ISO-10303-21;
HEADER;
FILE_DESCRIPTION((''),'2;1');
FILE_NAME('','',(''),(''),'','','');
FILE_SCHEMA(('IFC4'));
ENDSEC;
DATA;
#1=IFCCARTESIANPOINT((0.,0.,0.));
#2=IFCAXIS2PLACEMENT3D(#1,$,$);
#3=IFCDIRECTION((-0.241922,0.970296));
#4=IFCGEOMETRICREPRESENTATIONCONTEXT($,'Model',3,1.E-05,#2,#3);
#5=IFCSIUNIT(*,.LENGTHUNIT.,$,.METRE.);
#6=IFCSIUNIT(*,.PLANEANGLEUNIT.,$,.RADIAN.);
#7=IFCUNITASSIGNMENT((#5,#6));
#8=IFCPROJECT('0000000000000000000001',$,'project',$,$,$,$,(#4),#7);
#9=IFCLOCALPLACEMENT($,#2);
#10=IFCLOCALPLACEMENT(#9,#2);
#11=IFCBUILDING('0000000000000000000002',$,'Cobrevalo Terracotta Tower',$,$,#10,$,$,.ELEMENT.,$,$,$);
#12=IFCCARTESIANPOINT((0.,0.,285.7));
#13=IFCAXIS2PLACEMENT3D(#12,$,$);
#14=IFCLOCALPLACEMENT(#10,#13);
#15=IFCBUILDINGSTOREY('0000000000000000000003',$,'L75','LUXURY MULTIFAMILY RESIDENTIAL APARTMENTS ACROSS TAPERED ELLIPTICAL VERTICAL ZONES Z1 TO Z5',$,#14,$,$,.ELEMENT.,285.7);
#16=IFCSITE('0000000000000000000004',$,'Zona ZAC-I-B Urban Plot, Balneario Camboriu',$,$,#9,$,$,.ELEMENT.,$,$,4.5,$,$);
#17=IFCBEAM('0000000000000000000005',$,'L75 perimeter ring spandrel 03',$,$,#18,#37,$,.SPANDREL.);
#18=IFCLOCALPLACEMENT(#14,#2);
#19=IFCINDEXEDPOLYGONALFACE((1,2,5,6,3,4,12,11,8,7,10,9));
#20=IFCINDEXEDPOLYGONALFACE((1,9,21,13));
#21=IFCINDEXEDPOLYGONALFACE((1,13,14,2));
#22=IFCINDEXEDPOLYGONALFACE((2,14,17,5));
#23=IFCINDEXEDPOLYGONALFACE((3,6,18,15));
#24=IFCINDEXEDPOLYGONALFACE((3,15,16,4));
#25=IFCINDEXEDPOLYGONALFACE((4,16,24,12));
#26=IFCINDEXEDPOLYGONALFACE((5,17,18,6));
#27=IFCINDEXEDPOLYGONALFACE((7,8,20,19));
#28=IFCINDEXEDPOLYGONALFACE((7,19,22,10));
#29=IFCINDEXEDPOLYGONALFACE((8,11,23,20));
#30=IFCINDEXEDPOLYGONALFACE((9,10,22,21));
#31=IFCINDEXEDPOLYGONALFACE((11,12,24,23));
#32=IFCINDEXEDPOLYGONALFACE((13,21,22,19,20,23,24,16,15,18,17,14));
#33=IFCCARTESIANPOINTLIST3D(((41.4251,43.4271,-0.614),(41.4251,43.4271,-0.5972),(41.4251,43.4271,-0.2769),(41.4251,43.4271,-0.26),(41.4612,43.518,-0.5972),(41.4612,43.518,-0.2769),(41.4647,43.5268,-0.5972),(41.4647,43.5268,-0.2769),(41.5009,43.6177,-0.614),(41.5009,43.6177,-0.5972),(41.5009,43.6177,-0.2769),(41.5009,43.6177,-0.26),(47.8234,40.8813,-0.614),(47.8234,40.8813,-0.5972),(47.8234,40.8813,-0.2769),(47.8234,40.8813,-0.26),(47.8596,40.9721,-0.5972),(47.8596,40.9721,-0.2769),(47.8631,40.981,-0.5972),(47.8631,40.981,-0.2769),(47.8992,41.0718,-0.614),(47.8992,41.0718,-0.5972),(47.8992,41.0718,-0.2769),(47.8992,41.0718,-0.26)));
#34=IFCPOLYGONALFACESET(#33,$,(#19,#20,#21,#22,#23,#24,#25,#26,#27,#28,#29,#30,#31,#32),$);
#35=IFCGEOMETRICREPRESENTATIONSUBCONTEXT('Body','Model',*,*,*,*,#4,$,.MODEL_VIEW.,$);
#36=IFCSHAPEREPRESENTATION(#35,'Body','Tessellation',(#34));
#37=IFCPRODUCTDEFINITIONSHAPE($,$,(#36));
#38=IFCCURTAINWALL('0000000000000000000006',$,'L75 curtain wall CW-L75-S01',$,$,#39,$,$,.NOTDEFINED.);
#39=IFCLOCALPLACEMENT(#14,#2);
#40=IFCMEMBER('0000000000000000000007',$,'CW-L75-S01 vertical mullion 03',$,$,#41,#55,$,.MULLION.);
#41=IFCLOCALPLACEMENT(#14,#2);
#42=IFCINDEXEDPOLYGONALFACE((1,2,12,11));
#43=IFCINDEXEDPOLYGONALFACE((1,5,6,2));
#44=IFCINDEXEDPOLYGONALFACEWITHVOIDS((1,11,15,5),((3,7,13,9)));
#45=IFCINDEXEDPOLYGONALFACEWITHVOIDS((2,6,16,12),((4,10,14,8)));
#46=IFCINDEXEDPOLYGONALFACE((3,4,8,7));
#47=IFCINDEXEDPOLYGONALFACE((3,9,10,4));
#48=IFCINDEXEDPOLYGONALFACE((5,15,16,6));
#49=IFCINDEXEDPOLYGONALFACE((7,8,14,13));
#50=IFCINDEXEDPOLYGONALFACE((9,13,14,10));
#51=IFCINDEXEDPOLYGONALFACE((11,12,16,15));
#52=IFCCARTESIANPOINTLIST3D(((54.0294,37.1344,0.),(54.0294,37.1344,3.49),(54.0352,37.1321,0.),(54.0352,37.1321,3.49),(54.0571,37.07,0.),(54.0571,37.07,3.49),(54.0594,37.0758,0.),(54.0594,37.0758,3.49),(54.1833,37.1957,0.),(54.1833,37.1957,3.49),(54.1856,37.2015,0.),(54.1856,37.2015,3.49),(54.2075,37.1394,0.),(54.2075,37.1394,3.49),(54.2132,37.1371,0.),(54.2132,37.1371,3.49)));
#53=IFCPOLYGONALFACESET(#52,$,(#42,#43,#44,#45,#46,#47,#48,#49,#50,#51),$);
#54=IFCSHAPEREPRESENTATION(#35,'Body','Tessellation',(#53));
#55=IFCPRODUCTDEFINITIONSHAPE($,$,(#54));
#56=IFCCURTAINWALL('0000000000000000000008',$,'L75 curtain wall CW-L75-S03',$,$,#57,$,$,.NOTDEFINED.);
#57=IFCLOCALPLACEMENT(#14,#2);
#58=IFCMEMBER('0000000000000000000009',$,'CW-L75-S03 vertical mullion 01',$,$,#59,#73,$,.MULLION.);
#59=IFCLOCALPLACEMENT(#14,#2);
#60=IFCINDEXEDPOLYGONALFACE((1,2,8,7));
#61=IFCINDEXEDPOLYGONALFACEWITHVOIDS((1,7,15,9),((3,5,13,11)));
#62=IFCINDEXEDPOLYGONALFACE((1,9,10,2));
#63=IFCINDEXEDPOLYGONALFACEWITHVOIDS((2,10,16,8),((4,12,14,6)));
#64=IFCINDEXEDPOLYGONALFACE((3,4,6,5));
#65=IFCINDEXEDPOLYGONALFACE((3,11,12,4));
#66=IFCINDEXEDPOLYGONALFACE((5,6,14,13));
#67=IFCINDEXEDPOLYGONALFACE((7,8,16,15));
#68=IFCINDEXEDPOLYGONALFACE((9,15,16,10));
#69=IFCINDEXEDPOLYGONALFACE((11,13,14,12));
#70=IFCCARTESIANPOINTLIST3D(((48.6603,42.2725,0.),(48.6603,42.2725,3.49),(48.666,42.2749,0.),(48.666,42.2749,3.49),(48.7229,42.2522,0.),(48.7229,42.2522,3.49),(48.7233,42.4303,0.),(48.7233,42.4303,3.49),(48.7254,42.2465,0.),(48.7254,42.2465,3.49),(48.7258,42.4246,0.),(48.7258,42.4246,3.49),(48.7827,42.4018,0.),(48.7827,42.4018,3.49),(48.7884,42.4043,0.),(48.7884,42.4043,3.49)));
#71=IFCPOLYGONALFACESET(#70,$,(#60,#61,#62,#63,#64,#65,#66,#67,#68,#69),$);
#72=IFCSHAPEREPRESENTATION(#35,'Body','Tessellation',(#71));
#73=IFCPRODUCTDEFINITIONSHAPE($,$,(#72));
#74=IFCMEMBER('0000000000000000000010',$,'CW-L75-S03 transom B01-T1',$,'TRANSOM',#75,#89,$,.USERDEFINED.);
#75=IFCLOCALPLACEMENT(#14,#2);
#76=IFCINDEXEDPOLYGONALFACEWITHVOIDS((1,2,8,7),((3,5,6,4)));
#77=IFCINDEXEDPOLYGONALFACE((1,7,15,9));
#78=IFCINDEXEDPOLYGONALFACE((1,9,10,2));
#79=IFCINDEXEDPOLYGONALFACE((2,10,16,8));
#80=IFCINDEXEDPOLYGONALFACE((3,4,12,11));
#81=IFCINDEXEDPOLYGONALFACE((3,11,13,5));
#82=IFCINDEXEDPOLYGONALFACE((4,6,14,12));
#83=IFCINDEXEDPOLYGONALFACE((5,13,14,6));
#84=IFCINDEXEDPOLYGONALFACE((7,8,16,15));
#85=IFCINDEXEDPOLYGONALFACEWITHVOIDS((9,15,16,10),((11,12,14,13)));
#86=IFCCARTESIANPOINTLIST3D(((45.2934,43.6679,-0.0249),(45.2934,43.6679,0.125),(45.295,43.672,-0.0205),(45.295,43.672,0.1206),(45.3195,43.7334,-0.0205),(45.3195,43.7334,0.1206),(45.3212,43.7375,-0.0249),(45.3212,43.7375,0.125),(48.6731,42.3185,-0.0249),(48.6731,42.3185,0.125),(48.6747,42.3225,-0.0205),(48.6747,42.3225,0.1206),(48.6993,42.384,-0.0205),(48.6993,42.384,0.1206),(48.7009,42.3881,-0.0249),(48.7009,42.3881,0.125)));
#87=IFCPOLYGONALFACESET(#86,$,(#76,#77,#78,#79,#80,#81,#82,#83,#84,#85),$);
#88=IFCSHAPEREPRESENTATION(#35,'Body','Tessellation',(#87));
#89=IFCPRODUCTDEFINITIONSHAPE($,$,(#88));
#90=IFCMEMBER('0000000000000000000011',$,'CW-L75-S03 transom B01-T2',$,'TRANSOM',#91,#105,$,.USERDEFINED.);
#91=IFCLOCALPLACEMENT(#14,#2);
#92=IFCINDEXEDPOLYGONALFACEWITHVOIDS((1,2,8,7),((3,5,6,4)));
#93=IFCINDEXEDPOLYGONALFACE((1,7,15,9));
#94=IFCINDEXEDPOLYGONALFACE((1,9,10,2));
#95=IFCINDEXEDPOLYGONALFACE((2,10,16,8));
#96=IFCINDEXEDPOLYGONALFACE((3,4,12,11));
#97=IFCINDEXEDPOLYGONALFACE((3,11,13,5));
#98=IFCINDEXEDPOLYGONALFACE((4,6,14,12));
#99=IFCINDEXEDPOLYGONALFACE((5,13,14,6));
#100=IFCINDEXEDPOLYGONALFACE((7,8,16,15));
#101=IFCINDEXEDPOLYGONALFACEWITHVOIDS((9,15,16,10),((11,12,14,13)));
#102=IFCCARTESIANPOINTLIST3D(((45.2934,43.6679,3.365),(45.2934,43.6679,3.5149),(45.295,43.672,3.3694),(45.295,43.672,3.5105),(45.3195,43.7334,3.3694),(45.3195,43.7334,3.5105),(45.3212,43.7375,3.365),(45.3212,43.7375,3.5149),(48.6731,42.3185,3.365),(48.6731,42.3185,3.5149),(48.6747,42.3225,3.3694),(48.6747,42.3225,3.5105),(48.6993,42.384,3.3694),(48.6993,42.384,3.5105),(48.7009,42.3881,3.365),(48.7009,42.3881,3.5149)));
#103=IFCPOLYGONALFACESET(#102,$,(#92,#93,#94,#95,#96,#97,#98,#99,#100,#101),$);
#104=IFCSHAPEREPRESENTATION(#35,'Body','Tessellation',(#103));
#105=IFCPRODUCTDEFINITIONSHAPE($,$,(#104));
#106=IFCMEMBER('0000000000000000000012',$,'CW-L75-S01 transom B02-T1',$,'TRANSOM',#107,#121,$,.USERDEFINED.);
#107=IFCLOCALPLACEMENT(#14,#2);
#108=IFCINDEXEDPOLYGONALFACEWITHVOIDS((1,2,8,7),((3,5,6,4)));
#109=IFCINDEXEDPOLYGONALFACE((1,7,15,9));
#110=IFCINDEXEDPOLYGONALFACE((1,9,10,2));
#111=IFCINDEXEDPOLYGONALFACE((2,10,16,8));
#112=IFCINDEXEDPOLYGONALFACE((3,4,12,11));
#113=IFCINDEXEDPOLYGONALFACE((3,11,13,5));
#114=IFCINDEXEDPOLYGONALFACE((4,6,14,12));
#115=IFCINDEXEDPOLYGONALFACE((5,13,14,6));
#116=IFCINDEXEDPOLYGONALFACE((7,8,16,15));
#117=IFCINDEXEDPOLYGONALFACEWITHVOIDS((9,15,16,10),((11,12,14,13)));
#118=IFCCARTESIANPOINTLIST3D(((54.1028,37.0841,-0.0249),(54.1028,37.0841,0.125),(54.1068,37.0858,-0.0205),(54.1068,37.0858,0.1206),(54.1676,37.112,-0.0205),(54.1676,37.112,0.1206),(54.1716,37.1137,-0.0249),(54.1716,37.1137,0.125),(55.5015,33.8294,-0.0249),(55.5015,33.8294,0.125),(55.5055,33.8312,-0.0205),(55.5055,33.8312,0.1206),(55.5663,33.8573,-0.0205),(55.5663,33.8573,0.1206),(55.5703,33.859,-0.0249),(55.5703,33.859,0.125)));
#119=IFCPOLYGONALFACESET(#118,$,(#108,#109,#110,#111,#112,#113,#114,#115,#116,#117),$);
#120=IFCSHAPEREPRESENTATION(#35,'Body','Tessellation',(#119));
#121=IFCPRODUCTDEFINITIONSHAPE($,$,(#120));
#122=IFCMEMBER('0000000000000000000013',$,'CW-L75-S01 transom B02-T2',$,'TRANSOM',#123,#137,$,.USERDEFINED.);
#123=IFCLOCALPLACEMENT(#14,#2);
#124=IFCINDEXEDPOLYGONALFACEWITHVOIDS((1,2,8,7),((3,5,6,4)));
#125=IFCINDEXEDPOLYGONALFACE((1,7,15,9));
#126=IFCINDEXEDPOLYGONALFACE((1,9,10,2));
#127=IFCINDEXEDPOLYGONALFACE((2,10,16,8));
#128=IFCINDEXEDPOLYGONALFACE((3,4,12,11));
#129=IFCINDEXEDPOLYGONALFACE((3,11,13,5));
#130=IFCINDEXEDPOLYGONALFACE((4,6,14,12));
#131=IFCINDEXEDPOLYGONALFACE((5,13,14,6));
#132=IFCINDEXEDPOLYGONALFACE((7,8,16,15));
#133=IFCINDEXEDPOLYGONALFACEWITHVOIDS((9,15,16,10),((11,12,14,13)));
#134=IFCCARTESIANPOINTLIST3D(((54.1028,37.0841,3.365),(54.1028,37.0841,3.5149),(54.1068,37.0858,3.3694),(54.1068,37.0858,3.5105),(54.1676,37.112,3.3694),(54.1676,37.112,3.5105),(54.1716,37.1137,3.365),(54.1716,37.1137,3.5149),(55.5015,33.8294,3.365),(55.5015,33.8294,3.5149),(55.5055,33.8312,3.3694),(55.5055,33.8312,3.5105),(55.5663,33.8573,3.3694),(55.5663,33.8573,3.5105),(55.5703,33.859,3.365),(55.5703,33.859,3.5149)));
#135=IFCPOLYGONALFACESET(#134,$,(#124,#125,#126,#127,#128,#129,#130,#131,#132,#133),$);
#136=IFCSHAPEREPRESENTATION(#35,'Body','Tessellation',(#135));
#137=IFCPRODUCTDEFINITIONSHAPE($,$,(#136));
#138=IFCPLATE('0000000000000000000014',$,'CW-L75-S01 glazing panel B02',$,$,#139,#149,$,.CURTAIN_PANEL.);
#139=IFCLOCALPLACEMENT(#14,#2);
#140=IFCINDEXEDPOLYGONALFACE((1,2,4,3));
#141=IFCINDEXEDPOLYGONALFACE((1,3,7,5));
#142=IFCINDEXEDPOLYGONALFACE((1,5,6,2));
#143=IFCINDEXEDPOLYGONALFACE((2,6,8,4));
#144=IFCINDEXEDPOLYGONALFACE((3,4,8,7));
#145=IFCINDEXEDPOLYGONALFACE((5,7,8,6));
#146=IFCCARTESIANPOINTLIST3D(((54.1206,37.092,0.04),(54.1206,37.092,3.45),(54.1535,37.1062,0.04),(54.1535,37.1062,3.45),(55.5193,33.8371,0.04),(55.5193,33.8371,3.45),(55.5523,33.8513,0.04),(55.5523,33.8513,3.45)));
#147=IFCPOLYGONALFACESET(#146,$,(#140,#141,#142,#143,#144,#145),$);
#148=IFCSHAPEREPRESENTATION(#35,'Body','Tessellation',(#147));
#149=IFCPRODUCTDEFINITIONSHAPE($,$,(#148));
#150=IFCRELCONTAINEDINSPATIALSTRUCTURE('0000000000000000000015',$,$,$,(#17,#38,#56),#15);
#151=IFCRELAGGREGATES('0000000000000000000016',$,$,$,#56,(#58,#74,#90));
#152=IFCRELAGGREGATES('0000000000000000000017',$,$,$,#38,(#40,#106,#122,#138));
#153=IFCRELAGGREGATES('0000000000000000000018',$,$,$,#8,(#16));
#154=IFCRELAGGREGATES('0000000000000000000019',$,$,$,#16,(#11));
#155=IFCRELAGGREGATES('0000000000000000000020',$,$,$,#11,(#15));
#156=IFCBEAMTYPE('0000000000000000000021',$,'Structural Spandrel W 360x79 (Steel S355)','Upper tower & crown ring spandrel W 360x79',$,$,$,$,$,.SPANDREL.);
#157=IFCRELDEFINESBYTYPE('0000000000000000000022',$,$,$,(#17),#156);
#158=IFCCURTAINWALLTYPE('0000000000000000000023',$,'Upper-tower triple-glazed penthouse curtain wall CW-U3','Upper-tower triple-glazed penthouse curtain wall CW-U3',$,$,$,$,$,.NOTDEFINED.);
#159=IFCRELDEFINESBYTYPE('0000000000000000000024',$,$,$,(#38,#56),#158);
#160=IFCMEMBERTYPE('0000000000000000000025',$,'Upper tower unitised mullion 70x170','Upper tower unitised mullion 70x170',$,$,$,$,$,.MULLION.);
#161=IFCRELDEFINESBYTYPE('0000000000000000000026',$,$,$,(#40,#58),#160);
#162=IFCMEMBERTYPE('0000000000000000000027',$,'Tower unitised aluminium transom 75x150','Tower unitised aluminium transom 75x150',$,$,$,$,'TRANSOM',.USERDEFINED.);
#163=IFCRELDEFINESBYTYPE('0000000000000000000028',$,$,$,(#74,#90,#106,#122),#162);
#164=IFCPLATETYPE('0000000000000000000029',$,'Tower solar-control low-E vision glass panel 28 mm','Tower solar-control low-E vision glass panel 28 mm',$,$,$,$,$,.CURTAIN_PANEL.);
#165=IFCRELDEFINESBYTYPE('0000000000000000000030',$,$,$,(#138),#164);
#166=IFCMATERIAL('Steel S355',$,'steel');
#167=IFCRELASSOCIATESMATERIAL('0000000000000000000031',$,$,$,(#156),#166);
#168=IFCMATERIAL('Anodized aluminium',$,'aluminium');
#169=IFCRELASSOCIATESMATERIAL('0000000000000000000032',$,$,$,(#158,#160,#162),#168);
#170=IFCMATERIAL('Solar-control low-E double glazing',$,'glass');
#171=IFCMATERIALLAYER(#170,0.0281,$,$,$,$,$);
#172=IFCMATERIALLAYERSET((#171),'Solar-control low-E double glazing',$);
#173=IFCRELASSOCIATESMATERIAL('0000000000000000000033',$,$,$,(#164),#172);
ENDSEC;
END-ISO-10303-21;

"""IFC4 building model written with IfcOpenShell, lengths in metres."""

from ifc_helpers import new_model, si_unit, direction, frame, origin, origin_2d, place, context, subcontext, project, spatial, rectangle, hollow_rectangle, i_section, extrude, source, transform, mapped, material, layer, layer_set, material_profile, profile_set, type_object, element, aggregate, save


model = new_model("IFC4")

# Units and contexts
model_context = context("Model", 3, precision=1e-05, world=origin(), true_north=direction((-0.241922, 0.970296)))
body_context = subcontext(model_context, "Body", "Model", "MODEL_VIEW")
ifc_project = project(units=[si_unit("LENGTHUNIT", "METRE"), si_unit("PLANEANGLEUNIT", "RADIAN")], contexts=[model_context])

# Site, building, storey
site_placement = place(None, origin())
site = spatial("IfcSite", under=ifc_project, at=site_placement, Name="Zona ZAC-I-B Urban Plot, Balneario Camboriu", CompositionType="ELEMENT", RefElevation=4.5)
building_placement = place(site_placement, origin())
building = spatial("IfcBuilding", under=site, at=building_placement, Name="Cobrevalo Terracotta Tower", CompositionType="ELEMENT")
storey_placement = place(building_placement, frame((0.0, 0.0, 285.7)))
storey = spatial("IfcBuildingStorey", under=building, at=storey_placement, Name="L75", Description="LUXURY MULTIFAMILY RESIDENTIAL APARTMENTS ACROSS TAPERED ELLIPTICAL VERTICAL ZONES Z1 TO Z5", CompositionType="ELEMENT", Elevation=285.7)

# Shared definitions
ifc_material_1 = material(Name="Steel S355", Category="steel")

# Beam
ifc_material_profile_1 = material_profile(ifc_material_1, i_section(OverallWidth=0.2051, OverallDepth=0.354, WebThickness=0.0095, FlangeThickness=0.0168, at=origin_2d()), Name="W 360x79")
ifc_profile_set_1 = profile_set([ifc_material_profile_1], Name="Steel S355")
beam_type_1 = type_object("IfcBeamType", Name="Structural Spandrel W 360x79 (Steel S355)", Description="Upper tower & crown ring spandrel W 360x79", PredefinedType="SPANDREL", material=ifc_profile_set_1)
beam_1_placement = place(storey_placement, frame((47.8613, 40.9766, -0.437), z_axis=(-0.92915, 0.369703, 0.0), x_axis=(-0.369703, -0.92915, 0.0)))
element("IfcBeam", 1, at=beam_1_placement, inside=storey, type_object=beam_type_1, Name="L75 perimeter ring spandrel 03", PredefinedType="SPANDREL", context=body_context, shape_type="SweptSolid", body=[
    extrude(i_section(OverallWidth=0.2051, OverallDepth=0.354, WebThickness=0.0095, FlangeThickness=0.0168, at=origin_2d()), origin(), (0.0, 0.0, 1.0), 6.8862),
])

# Curtain wall, member
ifc_material_2 = material(Name="Anodized aluminium", Category="aluminium")
curtain_wall_type = type_object("IfcCurtainWallType", Name="Upper-tower triple-glazed penthouse curtain wall CW-U3", Description="Upper-tower triple-glazed penthouse curtain wall CW-U3", PredefinedType="NOTDEFINED", material=ifc_material_2)
curtain_wall_1_placement = place(storey_placement, origin())
curtain_wall_1 = element("IfcCurtainWall", 2, at=curtain_wall_1_placement, inside=storey, type_object=curtain_wall_type, Name="L75 curtain wall CW-L75-S01", PredefinedType="NOTDEFINED")
ifc_material_profile_2 = material_profile(ifc_material_2, hollow_rectangle(XDim=0.0701, YDim=0.1699, WallThickness=0.0044, at=origin_2d()), Name="CWM 70x170")
ifc_profile_set_2 = profile_set([ifc_material_profile_2], Name="Anodized aluminium")
member_type_1 = type_object("IfcMemberType", Name="Upper tower unitised mullion 70x170", Description="Upper tower unitised mullion 70x170", PredefinedType="MULLION", material=ifc_profile_set_2)
shared_shape_1 = source(origin(), body_context, "Body", "SweptSolid", [
    extrude(hollow_rectangle(XDim=0.0701, YDim=0.1699, WallThickness=0.0044, at=origin_2d()), origin(), (0.0, 0.0, 1.0), 3.49),
])
member_1_placement = place(storey_placement, frame((54.1213, 37.1357, 0.0), z_axis=(0.0, 0.0, 1.0), x_axis=(-0.394824, 0.918757, 0.0)))
member_1 = element("IfcMember", 3, at=member_1_placement, type_object=member_type_1, Name="CW-L75-S01 vertical mullion 03", PredefinedType="MULLION", context=body_context, shape_type="MappedRepresentation", body=[
    mapped(shared_shape_1, transform((0.0, 0.0, 0.0), scale=1.0)),
])

# Curtain wall, members
curtain_wall_2_placement = place(storey_placement, origin())
curtain_wall_2 = element("IfcCurtainWall", 4, at=curtain_wall_2_placement, inside=storey, type_object=curtain_wall_type, Name="L75 curtain wall CW-L75-S03", PredefinedType="NOTDEFINED")
member_2_placement = place(storey_placement, frame((48.7244, 42.3384, 0.0), z_axis=(0.0, 0.0, 1.0), x_axis=(-0.928719, 0.370784, 0.0)))
member_2 = element("IfcMember", 5, at=member_2_placement, type_object=member_type_1, Name="CW-L75-S03 vertical mullion 01", PredefinedType="MULLION", context=body_context, shape_type="MappedRepresentation", body=[
    mapped(shared_shape_1, transform((0.0, 0.0, 0.0), scale=1.0)),
])
ifc_material_profile_3 = material_profile(ifc_material_2, hollow_rectangle(XDim=0.075, YDim=0.1499, WallThickness=0.0044, at=origin_2d()), Name="CWT 75x150")
ifc_profile_set_3 = profile_set([ifc_material_profile_3], Name="Anodized aluminium")
member_type_2 = type_object("IfcMemberType", Name="Tower unitised aluminium transom 75x150", Description="Tower unitised aluminium transom 75x150", ElementType="TRANSOM", PredefinedType="USERDEFINED", material=ifc_profile_set_3)
shared_shape_2 = source(origin(), body_context, "Body", "SweptSolid", [
    extrude(hollow_rectangle(XDim=0.075, YDim=0.1499, WallThickness=0.0044, at=origin_2d()), origin(), (0.0, 0.0, 1.0), 3.6392),
])
member_3_placement = place(storey_placement, frame((48.687, 42.3533, 0.05), z_axis=(-0.928712, 0.370801, 0.0), x_axis=(-0.370801, -0.928712, 0.0)))
member_3 = element("IfcMember", 6, at=member_3_placement, type_object=member_type_2, Name="CW-L75-S03 transom B01-T1", ObjectType="TRANSOM", PredefinedType="USERDEFINED", context=body_context, shape_type="MappedRepresentation", body=[
    mapped(shared_shape_2, transform((0.0, 0.0, 0.0), scale=1.0)),
])
member_4_placement = place(storey_placement, frame((48.687, 42.3533, 3.4399), z_axis=(-0.928712, 0.370801, 0.0), x_axis=(-0.370801, -0.928712, 0.0)))
member_4 = element("IfcMember", 7, at=member_4_placement, type_object=member_type_2, Name="CW-L75-S03 transom B01-T2", ObjectType="TRANSOM", PredefinedType="USERDEFINED", context=body_context, shape_type="MappedRepresentation", body=[
    mapped(shared_shape_2, transform((0.0, 0.0, 0.0), scale=1.0)),
])
aggregate(curtain_wall_2, [member_2, member_3, member_4])

# Members
shared_shape_3 = source(origin(), body_context, "Body", "SweptSolid", [
    extrude(hollow_rectangle(XDim=0.075, YDim=0.1499, WallThickness=0.0044, at=origin_2d()), origin(), (0.0, 0.0, 1.0), 3.5425),
])
member_5_placement = place(storey_placement, frame((55.5359, 33.8442, 0.05), z_axis=(-0.394834, 0.918752, 0.0), x_axis=(-0.918752, -0.394834, 0.0)))
member_5 = element("IfcMember", 8, at=member_5_placement, type_object=member_type_2, Name="CW-L75-S01 transom B02-T1", ObjectType="TRANSOM", PredefinedType="USERDEFINED", context=body_context, shape_type="MappedRepresentation", body=[
    mapped(shared_shape_3, transform((0.0, 0.0, 0.0), scale=1.0)),
])
member_6_placement = place(storey_placement, frame((55.5359, 33.8442, 3.4399), z_axis=(-0.394834, 0.918752, 0.0), x_axis=(-0.918752, -0.394834, 0.0)))
member_6 = element("IfcMember", 9, at=member_6_placement, type_object=member_type_2, Name="CW-L75-S01 transom B02-T2", ObjectType="TRANSOM", PredefinedType="USERDEFINED", context=body_context, shape_type="MappedRepresentation", body=[
    mapped(shared_shape_3, transform((0.0, 0.0, 0.0), scale=1.0)),
])

# Plate
ifc_material_3 = material(Name="Solar-control low-E double glazing", Category="glass")
ifc_layer_1 = layer(ifc_material_3, 0.0281)
ifc_layer_set_1 = layer_set([ifc_layer_1], Name="Solar-control low-E double glazing")
plate_type = type_object("IfcPlateType", Name="Tower solar-control low-E vision glass panel 28 mm", Description="Tower solar-control low-E vision glass panel 28 mm", PredefinedType="CURTAIN_PANEL", material=ifc_layer_set_1)
shared_shape_4 = source(origin(), body_context, "Body", "SweptSolid", [
    extrude(rectangle(XDim=3.5427, YDim=0.0359, at=origin_2d()), origin(), (0.0, 0.0, 1.0), 3.4099),
])
plate_placement = place(storey_placement, frame((54.8364, 35.4717, 0.04), z_axis=(0.0, 0.0, 1.0), x_axis=(-0.394829, 0.918755, 0.0)))
plate = element("IfcPlate", 10, at=plate_placement, type_object=plate_type, Name="CW-L75-S01 glazing panel B02", PredefinedType="CURTAIN_PANEL", context=body_context, shape_type="MappedRepresentation", body=[
    mapped(shared_shape_4, transform((0.0, 0.0, 0.0), scale=1.0)),
])
aggregate(curtain_wall_1, [member_1, member_5, member_6, plate])

save(model, "model.ifc")
